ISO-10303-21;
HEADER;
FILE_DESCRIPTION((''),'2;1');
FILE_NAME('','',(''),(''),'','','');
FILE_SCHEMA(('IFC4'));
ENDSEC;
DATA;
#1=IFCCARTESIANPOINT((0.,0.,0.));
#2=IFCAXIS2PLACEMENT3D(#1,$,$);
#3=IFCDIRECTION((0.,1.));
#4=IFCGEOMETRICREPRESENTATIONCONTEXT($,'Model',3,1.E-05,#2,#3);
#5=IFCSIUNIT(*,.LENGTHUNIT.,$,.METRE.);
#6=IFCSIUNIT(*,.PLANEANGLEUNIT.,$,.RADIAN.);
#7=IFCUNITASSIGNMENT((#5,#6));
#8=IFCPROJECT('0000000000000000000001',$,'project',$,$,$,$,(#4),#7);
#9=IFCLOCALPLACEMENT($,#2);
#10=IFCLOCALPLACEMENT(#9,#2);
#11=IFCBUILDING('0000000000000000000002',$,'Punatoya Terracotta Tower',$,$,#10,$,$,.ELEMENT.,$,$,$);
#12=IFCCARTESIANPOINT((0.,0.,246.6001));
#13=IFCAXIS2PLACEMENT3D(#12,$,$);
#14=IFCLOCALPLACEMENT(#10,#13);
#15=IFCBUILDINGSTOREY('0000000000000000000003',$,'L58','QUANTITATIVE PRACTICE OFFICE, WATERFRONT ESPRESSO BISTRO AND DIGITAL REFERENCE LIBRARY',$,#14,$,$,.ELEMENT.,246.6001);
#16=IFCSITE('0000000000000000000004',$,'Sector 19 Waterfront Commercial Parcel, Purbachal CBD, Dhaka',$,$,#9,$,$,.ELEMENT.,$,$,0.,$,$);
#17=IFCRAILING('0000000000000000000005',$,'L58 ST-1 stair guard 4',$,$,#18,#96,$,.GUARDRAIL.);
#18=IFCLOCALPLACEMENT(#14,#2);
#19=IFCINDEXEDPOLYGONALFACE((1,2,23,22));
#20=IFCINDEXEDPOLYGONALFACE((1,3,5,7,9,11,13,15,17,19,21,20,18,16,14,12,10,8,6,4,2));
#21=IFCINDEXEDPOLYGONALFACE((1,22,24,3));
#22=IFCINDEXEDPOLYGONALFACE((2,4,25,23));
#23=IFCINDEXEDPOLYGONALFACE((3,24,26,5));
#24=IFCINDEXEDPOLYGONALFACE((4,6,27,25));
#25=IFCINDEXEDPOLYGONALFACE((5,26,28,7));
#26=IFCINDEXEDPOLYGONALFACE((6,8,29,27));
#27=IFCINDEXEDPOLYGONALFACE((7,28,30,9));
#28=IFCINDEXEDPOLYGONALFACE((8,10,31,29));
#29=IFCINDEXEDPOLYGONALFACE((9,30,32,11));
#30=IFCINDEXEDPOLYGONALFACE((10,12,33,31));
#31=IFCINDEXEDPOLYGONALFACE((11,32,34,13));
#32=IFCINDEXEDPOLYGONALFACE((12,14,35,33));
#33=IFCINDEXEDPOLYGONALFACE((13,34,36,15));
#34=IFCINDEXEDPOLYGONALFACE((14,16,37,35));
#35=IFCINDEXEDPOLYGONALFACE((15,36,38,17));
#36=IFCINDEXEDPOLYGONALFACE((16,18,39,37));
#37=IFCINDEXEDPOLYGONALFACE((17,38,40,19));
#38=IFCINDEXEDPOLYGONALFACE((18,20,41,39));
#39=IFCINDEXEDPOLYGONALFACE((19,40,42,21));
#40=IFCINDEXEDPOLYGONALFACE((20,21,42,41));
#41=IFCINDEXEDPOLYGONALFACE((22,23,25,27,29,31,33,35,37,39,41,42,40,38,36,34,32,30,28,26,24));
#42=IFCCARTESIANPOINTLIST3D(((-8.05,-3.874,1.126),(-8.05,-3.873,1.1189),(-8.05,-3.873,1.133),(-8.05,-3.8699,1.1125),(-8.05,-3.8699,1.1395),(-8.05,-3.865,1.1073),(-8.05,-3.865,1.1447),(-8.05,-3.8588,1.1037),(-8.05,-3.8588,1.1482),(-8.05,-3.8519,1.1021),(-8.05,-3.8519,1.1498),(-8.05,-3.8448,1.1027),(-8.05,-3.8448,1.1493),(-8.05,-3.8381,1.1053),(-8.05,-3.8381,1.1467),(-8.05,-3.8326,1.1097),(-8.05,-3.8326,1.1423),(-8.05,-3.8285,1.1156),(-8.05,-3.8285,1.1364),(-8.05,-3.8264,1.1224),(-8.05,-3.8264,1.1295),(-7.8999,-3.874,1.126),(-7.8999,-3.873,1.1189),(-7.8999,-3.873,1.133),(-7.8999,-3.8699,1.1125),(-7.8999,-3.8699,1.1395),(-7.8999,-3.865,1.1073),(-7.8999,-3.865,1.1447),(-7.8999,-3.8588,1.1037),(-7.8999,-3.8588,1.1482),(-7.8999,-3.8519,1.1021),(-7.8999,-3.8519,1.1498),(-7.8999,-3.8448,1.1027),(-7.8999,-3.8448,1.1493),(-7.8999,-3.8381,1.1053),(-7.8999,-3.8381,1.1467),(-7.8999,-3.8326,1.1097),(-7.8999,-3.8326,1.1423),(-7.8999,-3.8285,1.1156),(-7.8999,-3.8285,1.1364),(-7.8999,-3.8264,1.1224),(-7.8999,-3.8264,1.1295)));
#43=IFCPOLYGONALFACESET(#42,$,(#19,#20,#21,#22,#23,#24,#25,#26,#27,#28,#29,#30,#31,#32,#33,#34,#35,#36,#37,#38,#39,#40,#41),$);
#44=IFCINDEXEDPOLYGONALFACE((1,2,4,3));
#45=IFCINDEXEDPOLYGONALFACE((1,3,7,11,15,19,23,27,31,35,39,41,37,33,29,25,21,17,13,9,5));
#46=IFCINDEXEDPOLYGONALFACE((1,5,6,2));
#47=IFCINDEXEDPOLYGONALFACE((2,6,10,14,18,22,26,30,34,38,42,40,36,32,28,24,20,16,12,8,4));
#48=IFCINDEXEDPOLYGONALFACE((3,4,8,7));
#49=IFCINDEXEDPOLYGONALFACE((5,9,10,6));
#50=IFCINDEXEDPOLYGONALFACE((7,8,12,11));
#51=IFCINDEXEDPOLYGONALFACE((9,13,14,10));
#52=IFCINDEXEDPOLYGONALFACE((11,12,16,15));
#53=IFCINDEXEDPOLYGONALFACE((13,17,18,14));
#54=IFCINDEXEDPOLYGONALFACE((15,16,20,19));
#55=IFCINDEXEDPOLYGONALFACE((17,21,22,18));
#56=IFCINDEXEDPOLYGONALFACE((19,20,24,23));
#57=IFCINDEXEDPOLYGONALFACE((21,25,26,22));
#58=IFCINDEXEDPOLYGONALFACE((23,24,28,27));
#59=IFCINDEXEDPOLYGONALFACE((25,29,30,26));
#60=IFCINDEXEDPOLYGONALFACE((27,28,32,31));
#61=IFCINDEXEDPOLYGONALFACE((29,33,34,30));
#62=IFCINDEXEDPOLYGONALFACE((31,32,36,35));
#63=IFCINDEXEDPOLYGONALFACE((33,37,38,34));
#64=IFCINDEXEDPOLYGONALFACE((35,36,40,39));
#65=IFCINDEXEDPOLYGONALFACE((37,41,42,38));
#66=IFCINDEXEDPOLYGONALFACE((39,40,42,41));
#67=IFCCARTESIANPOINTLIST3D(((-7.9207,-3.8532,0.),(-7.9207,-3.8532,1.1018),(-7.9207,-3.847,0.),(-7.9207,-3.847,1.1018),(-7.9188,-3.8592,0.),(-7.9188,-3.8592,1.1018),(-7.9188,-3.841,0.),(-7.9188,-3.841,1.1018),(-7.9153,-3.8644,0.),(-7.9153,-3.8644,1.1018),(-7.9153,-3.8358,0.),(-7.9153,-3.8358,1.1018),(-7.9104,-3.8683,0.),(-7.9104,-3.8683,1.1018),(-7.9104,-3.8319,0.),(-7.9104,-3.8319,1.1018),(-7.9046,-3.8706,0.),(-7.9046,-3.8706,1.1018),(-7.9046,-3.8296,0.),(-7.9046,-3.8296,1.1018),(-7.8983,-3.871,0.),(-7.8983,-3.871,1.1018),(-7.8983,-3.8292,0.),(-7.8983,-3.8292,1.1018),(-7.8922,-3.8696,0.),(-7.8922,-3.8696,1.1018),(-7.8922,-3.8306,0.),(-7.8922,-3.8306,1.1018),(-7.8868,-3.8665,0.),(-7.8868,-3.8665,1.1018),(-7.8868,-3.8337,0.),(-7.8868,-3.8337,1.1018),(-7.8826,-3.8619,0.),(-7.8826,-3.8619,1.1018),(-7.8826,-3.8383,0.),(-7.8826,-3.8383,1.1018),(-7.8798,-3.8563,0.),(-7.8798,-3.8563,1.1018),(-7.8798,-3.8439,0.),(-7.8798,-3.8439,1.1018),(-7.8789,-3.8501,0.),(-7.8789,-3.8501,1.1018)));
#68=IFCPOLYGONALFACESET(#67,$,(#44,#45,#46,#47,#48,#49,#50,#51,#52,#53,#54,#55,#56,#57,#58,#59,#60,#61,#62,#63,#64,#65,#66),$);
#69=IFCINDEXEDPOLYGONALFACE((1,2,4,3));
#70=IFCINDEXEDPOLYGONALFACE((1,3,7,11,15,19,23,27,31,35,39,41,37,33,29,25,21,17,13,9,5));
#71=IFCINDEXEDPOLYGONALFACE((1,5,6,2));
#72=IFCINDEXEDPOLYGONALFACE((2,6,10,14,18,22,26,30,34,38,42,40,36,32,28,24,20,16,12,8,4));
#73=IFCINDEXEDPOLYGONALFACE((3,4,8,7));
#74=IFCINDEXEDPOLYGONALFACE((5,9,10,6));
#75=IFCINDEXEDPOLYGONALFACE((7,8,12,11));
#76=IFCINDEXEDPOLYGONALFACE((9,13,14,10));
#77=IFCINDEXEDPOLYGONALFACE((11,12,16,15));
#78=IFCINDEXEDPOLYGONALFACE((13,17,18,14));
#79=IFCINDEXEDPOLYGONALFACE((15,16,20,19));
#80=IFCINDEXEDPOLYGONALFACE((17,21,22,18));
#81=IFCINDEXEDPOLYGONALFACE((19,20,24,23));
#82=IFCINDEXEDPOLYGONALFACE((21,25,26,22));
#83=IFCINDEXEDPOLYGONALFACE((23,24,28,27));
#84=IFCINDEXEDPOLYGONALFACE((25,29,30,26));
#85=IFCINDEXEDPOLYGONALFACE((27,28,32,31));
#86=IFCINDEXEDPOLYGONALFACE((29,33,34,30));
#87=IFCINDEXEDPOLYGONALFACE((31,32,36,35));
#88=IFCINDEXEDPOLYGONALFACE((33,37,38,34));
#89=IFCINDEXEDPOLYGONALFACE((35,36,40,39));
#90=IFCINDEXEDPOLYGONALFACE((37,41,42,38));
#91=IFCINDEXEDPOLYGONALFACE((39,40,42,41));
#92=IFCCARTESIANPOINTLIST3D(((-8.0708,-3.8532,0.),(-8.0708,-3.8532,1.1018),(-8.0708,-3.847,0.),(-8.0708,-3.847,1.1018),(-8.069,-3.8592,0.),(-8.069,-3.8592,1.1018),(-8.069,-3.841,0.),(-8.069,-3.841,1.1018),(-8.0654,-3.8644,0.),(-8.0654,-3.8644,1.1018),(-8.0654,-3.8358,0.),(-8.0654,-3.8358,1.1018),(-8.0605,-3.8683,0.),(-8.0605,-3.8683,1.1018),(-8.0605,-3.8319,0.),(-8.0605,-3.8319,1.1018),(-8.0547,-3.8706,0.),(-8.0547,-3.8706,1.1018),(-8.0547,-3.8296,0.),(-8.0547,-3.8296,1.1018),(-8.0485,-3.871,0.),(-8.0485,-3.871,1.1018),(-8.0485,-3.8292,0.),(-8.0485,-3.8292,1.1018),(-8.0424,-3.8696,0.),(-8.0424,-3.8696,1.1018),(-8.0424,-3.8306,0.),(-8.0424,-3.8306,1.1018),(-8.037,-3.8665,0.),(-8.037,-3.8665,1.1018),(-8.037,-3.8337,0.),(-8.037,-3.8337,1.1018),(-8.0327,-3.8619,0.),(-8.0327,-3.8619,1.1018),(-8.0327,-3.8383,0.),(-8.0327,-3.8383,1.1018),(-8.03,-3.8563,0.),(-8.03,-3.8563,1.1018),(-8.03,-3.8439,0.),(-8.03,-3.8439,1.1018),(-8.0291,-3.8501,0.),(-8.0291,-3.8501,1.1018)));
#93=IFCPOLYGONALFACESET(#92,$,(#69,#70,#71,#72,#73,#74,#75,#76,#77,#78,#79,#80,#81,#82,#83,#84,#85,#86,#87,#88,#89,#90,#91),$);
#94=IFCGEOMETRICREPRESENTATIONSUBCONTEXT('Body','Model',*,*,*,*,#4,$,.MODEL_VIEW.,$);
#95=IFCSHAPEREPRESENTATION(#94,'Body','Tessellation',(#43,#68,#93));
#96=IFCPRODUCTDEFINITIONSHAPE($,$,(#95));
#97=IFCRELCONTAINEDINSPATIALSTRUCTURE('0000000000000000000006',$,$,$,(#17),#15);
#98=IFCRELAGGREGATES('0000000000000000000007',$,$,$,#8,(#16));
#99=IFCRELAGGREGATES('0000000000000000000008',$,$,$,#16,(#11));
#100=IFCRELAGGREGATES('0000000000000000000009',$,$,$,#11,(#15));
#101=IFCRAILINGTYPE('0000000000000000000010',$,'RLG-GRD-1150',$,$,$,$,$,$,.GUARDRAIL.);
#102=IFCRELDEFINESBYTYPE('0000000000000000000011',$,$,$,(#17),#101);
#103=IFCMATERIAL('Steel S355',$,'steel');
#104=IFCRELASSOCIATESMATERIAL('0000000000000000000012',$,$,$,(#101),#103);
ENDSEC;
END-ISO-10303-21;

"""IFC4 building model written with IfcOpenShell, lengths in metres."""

from ifc_helpers import new_model, si_unit, direction, frame, origin, origin_2d, place, context, subcontext, project, spatial, circle, extrude, material, type_object, element, save


model = new_model("IFC4")

# Units and contexts
model_context = context("Model", 3, precision=1e-05, world=origin(), true_north=direction((0.0, 1.0)))
body_context = subcontext(model_context, "Body", "Model", "MODEL_VIEW")
ifc_project = project(units=[si_unit("LENGTHUNIT", "METRE"), si_unit("PLANEANGLEUNIT", "RADIAN")], contexts=[model_context])

# Site, building, storey
site_placement = place(None, origin())
site = spatial("IfcSite", under=ifc_project, at=site_placement, Name="Sector 19 Waterfront Commercial Parcel, Purbachal CBD, Dhaka", CompositionType="ELEMENT", RefElevation=0.0)
building_placement = place(site_placement, origin())
building = spatial("IfcBuilding", under=site, at=building_placement, Name="Punatoya Terracotta Tower", CompositionType="ELEMENT")
storey_placement = place(building_placement, frame((0.0, 0.0, 246.6001)))
storey = spatial("IfcBuildingStorey", under=building, at=storey_placement, Name="L58", Description="QUANTITATIVE PRACTICE OFFICE, WATERFRONT ESPRESSO BISTRO AND DIGITAL REFERENCE LIBRARY", CompositionType="ELEMENT", Elevation=246.6001)

# Railing
ifc_material_1 = material(Name="Steel S355", Category="steel")
railing_type_1 = type_object("IfcRailingType", Name="RLG-GRD-1150", PredefinedType="GUARDRAIL", material=ifc_material_1)
railing_1_placement = place(storey_placement, frame((-7.8999, -3.8501, 0.0)))
element("IfcRailing", 1, at=railing_1_placement, inside=storey, type_object=railing_type_1, Name="L58 ST-1 stair guard 4", PredefinedType="GUARDRAIL", context=body_context, shape_type="SweptSolid", body=[
    extrude(circle(Radius=0.0239, at=origin_2d()), frame((0.0, 0.0, 1.126), z_axis=(-1.0, 0.0, 0.0), x_axis=(0.0, -1.0, 0.0)), (0.0, 0.0, 1.0), 0.1501),
    extrude(circle(Radius=0.021, at=origin_2d()), origin(), (0.0, 0.0, 1.0), 1.1018),
    extrude(circle(Radius=0.021, at=origin_2d()), frame((-0.1501, 0.0, 0.0)), (0.0, 0.0, 1.0), 1.1018),
])

save(model, "model.ifc")
